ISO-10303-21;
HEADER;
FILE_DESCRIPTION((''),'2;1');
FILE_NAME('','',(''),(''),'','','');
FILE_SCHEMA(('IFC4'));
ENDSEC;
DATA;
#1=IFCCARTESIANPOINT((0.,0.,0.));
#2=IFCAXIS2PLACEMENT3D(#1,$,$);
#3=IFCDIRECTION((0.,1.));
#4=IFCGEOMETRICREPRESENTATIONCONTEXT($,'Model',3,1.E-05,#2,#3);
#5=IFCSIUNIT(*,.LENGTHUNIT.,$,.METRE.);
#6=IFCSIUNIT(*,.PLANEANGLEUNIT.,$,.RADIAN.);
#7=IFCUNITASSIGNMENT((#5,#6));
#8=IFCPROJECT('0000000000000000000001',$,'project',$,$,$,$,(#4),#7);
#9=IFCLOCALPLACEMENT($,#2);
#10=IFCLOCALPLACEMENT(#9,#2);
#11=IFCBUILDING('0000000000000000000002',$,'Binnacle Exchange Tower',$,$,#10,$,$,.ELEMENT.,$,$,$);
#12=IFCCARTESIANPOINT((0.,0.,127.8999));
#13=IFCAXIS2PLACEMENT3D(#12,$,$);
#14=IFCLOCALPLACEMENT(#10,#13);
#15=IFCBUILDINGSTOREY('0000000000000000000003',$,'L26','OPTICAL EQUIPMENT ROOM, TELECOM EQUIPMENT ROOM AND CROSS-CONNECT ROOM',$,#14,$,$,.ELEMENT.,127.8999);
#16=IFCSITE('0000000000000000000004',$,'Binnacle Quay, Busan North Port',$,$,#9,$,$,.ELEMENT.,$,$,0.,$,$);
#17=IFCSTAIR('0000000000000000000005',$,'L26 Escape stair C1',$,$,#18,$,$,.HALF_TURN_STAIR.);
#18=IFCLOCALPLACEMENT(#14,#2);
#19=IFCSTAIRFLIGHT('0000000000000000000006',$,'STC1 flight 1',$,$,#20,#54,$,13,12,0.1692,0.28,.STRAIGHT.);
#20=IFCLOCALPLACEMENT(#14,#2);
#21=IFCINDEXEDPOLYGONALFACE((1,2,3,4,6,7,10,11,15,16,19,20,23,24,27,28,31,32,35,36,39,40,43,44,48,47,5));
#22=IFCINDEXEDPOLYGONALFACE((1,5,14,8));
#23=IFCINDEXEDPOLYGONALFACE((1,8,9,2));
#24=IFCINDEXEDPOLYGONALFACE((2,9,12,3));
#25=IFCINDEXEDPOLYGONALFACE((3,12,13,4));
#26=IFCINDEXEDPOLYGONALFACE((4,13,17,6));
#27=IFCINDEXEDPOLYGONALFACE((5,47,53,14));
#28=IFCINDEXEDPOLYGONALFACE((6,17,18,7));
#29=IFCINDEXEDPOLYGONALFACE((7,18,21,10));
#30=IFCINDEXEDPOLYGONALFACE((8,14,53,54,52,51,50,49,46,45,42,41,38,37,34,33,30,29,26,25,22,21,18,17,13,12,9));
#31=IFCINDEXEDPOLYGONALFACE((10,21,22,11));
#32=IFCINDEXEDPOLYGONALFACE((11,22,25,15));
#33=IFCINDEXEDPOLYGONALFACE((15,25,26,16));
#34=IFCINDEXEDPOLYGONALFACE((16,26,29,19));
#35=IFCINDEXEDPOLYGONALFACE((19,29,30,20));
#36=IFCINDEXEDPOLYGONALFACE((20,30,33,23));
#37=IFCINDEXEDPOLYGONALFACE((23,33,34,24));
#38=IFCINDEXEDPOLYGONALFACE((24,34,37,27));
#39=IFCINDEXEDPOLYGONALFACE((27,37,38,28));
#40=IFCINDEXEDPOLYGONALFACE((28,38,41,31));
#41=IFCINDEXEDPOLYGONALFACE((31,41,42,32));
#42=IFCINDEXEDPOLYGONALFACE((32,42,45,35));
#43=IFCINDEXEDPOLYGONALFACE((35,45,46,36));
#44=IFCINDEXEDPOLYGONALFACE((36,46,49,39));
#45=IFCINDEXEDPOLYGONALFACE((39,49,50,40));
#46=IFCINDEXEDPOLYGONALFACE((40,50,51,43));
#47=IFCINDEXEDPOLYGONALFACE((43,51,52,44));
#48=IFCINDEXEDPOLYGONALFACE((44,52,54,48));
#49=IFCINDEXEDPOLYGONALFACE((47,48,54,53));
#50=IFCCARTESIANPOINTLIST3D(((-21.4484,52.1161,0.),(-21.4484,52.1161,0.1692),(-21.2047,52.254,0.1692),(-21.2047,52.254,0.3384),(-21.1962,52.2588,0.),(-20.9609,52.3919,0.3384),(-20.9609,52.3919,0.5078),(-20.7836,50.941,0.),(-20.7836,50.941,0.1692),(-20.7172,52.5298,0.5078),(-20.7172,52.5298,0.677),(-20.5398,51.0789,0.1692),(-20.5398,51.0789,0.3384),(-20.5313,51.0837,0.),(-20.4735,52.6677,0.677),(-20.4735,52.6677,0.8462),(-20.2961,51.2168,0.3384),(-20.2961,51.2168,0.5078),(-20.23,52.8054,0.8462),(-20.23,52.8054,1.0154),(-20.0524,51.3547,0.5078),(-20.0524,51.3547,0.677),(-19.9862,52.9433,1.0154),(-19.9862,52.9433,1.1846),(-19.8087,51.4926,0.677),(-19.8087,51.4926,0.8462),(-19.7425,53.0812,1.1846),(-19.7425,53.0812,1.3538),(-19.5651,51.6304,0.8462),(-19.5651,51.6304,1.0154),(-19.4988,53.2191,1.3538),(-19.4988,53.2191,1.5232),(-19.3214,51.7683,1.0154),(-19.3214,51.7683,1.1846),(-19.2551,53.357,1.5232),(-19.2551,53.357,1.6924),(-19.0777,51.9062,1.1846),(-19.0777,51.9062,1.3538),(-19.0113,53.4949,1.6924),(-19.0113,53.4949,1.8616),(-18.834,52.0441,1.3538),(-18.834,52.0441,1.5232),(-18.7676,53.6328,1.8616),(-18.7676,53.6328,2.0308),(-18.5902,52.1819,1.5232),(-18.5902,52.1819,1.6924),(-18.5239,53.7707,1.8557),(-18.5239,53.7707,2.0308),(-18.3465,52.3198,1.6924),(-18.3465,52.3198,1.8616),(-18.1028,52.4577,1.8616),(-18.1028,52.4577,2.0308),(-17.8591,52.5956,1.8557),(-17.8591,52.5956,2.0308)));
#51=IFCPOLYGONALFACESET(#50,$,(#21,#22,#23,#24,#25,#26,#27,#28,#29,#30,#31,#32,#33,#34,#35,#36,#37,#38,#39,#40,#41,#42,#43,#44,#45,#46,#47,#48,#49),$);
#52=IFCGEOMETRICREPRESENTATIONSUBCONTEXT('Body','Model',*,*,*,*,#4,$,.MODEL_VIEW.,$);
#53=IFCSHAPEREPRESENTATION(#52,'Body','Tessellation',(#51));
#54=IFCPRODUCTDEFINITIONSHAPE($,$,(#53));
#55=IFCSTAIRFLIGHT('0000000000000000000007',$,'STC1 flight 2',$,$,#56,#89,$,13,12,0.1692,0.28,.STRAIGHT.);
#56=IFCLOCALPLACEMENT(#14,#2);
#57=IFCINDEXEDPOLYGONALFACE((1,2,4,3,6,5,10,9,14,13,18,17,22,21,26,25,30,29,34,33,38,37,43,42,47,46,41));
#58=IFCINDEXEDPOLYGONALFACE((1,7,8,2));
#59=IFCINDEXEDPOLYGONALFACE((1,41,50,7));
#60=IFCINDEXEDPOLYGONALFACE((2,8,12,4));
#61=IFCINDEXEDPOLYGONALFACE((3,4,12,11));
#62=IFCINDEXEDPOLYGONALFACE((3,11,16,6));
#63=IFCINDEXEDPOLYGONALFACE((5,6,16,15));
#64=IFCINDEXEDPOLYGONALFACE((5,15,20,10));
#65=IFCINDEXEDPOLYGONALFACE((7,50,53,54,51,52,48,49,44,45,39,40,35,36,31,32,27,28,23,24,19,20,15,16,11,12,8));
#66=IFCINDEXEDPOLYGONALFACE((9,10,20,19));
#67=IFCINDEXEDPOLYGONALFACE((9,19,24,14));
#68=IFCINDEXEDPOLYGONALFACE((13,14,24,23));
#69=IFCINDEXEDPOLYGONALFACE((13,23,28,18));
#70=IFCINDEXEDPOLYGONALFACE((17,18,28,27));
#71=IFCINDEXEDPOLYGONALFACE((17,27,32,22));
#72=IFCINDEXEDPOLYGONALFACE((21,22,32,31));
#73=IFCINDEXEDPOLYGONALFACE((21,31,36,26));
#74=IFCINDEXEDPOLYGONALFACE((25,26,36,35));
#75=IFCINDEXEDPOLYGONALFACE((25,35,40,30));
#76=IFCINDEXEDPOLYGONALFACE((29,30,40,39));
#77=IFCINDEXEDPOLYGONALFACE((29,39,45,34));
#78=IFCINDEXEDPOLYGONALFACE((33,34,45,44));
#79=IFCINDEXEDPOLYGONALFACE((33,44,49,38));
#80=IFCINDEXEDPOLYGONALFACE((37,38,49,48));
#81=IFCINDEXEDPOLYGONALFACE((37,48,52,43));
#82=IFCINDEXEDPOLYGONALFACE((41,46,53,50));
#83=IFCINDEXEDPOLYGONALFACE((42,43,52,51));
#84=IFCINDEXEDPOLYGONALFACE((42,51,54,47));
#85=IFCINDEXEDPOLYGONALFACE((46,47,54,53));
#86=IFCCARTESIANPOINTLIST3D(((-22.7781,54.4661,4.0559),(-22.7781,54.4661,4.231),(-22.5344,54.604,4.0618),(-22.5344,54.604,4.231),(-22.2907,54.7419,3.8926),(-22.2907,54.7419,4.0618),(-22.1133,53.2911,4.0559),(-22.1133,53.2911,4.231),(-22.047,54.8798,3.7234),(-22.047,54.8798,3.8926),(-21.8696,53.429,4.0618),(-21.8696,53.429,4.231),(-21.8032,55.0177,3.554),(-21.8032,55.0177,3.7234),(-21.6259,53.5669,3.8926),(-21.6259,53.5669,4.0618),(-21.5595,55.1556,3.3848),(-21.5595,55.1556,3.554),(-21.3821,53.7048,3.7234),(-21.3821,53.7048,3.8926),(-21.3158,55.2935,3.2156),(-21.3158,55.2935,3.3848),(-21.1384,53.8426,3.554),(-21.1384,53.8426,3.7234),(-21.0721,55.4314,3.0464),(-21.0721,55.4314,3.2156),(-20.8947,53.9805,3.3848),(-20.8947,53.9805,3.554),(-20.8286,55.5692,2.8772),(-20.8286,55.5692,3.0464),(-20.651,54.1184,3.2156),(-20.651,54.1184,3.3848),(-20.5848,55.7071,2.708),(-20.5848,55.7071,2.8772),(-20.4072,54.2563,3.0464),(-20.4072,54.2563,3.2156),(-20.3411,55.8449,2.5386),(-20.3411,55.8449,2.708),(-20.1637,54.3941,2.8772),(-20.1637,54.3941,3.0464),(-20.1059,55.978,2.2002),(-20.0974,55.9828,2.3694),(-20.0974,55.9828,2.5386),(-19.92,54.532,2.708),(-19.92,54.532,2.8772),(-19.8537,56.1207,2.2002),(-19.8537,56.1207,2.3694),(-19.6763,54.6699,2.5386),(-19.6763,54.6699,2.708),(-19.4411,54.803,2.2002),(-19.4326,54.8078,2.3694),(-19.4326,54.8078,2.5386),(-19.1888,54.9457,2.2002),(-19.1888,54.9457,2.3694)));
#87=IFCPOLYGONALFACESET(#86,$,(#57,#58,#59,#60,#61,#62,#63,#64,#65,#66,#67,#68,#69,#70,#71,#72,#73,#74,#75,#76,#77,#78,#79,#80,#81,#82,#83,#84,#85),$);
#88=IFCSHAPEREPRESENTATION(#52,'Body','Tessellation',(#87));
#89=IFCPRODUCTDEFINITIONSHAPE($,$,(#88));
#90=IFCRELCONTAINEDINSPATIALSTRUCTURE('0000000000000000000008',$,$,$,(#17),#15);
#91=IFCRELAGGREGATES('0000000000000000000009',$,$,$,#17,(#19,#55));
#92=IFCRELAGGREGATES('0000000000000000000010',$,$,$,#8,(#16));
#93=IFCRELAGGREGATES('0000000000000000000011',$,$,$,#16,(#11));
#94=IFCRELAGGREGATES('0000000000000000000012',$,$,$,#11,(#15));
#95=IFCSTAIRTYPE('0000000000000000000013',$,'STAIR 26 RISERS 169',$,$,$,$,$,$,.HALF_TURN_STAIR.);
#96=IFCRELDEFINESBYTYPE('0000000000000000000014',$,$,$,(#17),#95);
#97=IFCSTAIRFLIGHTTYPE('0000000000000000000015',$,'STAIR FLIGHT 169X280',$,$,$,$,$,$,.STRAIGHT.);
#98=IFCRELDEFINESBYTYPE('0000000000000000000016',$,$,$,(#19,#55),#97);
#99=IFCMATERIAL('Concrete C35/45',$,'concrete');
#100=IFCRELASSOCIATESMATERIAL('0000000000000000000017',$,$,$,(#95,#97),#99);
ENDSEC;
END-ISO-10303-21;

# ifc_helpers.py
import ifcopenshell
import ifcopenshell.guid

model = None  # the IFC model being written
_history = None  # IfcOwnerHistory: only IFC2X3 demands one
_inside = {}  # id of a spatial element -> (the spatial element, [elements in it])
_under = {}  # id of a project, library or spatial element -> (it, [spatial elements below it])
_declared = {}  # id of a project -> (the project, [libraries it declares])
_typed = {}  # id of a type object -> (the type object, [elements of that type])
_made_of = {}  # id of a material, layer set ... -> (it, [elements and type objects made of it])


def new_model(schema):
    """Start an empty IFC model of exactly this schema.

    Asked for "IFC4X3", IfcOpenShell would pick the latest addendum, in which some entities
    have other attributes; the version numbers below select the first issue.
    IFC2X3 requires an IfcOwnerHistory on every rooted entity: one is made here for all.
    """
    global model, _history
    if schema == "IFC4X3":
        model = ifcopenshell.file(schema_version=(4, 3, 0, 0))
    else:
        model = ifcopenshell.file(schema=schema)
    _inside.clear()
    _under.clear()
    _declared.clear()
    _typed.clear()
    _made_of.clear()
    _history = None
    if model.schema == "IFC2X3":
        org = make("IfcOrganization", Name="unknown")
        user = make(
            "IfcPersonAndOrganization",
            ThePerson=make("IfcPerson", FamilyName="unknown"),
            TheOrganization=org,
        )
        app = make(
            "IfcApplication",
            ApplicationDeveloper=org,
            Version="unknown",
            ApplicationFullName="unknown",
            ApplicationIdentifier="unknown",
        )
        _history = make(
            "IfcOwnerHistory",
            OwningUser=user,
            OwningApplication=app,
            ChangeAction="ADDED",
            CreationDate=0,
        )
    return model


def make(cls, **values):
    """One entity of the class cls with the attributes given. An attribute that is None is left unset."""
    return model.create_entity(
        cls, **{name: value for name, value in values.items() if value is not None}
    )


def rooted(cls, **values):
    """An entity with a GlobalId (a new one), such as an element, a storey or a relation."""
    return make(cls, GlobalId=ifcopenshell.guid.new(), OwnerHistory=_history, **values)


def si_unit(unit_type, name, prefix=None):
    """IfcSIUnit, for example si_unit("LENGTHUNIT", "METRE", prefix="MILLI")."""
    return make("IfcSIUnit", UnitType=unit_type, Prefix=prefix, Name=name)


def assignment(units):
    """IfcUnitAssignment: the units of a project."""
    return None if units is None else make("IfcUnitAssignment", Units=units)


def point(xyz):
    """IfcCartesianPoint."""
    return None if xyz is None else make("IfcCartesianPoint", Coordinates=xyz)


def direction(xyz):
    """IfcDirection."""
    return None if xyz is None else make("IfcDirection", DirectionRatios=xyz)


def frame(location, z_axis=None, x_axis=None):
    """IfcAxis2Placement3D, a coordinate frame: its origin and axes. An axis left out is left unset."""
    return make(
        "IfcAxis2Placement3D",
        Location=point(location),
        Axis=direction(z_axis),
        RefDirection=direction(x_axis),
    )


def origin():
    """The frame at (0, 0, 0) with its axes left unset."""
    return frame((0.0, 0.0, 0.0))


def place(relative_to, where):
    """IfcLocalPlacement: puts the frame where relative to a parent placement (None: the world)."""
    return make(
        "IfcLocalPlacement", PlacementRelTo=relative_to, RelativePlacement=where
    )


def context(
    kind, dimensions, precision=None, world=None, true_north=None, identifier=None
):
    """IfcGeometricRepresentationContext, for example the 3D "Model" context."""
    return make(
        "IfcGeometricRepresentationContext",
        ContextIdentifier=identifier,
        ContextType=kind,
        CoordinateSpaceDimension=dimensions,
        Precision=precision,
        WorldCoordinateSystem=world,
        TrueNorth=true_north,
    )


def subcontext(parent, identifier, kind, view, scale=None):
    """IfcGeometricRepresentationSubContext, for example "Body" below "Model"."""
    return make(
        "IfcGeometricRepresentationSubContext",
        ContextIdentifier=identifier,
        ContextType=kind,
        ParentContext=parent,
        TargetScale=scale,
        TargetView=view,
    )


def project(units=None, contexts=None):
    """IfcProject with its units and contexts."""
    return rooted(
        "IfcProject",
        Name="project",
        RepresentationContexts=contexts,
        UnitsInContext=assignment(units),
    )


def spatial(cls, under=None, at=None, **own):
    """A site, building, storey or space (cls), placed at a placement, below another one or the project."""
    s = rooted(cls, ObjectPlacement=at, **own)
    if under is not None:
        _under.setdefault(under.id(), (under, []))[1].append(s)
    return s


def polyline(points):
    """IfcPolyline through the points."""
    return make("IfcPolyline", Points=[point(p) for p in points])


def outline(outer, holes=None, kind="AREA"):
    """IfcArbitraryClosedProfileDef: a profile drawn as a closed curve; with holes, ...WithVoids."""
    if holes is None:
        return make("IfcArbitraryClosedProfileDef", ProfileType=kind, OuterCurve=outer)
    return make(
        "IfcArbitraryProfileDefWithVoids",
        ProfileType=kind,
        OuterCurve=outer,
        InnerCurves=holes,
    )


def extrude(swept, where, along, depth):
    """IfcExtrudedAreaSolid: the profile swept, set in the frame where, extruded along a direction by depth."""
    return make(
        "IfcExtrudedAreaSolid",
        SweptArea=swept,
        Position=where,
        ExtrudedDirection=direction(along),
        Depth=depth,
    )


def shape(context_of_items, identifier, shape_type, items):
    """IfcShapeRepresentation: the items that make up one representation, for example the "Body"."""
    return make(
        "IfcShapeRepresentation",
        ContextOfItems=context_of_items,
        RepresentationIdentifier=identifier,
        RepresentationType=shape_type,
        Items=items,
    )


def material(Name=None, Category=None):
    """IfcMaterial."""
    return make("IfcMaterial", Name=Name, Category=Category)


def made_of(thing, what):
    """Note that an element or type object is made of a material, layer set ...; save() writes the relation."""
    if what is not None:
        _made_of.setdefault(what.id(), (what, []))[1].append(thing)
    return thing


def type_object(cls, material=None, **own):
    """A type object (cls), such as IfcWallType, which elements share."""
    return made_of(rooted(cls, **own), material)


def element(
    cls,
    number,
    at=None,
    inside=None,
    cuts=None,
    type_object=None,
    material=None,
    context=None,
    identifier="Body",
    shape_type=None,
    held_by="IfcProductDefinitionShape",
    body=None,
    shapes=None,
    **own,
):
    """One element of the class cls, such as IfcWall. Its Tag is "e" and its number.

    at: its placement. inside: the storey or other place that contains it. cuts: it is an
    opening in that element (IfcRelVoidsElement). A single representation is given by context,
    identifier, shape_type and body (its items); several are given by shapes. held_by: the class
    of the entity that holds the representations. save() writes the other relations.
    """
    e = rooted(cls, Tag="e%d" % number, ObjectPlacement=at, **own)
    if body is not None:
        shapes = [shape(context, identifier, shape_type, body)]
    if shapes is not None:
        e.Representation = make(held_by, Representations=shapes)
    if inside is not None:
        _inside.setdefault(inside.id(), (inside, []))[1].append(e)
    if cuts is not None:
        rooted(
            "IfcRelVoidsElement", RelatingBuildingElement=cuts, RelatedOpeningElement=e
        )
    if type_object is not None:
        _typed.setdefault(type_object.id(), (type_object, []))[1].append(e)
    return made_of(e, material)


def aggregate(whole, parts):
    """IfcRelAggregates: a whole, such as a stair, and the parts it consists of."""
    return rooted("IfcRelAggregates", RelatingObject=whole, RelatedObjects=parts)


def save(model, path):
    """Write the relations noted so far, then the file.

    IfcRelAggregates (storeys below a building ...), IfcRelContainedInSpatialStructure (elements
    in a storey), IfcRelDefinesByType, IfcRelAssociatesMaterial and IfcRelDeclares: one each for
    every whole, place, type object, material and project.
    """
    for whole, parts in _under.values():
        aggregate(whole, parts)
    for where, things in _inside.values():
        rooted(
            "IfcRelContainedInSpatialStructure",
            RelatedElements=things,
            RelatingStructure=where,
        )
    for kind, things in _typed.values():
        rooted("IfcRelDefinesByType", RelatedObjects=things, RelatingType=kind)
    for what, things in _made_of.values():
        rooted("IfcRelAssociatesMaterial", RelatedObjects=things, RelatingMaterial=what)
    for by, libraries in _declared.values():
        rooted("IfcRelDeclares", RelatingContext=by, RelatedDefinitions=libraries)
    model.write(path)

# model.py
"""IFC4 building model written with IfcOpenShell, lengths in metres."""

from ifc_helpers import new_model, si_unit, direction, frame, origin, place, context, subcontext, project, spatial, polyline, outline, extrude, material, type_object, element, aggregate, save


model = new_model("IFC4")

# Units and contexts
model_context = context("Model", 3, precision=1e-05, world=origin(), true_north=direction((0.0, 1.0)))
body_context = subcontext(model_context, "Body", "Model", "MODEL_VIEW")
ifc_project = project(units=[si_unit("LENGTHUNIT", "METRE"), si_unit("PLANEANGLEUNIT", "RADIAN")], contexts=[model_context])

# Site, building, storey
site_placement = place(None, origin())
site = spatial("IfcSite", under=ifc_project, at=site_placement, Name="Binnacle Quay, Busan North Port", CompositionType="ELEMENT", RefElevation=0.0)
building_placement = place(site_placement, origin())
building = spatial("IfcBuilding", under=site, at=building_placement, Name="Binnacle Exchange Tower", CompositionType="ELEMENT")
storey_placement = place(building_placement, frame((0.0, 0.0, 127.8999)))
storey = spatial("IfcBuildingStorey", under=building, at=storey_placement, Name="L26", Description="OPTICAL EQUIPMENT ROOM, TELECOM EQUIPMENT ROOM AND CROSS-CONNECT ROOM", CompositionType="ELEMENT", Elevation=127.8999)

# Stair, stair flights
ifc_material_1 = material(Name="Concrete C35/45", Category="concrete")
stair_type = type_object("IfcStairType", Name="STAIR 26 RISERS 169", PredefinedType="HALF_TURN_STAIR", material=ifc_material_1)
stair_placement = place(storey_placement, origin())
stair = element("IfcStair", 1, at=stair_placement, inside=storey, type_object=stair_type, Name="L26 Escape stair C1", PredefinedType="HALF_TURN_STAIR")
stair_flight_type = type_object("IfcStairFlightType", Name="STAIR FLIGHT 169X280", PredefinedType="STRAIGHT", material=ifc_material_1)
stair_flight_1_placement = place(storey_placement, frame((-21.116, 51.5286, 0.0), z_axis=(0.0, 0.0, 1.0), x_axis=(0.870356, 0.492424, 0.0)))
stair_flight_1 = element("IfcStairFlight", 2, at=stair_flight_1_placement, type_object=stair_flight_type, Name="STC1 flight 1", NumberOfRisers=13, NumberOfTreads=12, PredefinedType="STRAIGHT", RiserHeight=0.1692, TreadLength=0.28, context=body_context, shape_type="SweptSolid", body=[
    extrude(outline(polyline([(0.0, 0.0), (0.0, 0.1692), (0.28, 0.1692), (0.28, 0.3384), (0.5601, 0.3384), (0.5601, 0.5078), (0.8401, 0.5078), (0.8401, 0.677), (1.1201, 0.677), (1.1201, 0.8462), (1.3999, 0.8462), (1.3999, 1.0154), (1.6799, 1.0154), (1.6799, 1.1846), (1.96, 1.1846), (1.96, 1.3538), (2.24, 1.3538), (2.24, 1.5232), (2.52, 1.5232), (2.52, 1.6924), (2.8, 1.6924), (2.8, 1.8616), (3.0801, 1.8616), (3.0801, 2.0308), (3.3601, 2.0308), (3.3601, 2.2), (3.3601, 1.8557), (0.2898, 0.0), (0.0, 0.0)])), frame((0.0, 0.675, 0.0), z_axis=(0.0, -1.0, 0.0), x_axis=(1.0, 0.0, 0.0)), (0.0, 0.0, 1.0), 1.3501),
])
stair_flight_2_placement = place(storey_placement, frame((-19.5212, 55.5332, 2.2002), z_axis=(0.0, 0.0, 1.0), x_axis=(-0.870356, -0.492424, 0.0)))
stair_flight_2 = element("IfcStairFlight", 3, at=stair_flight_2_placement, type_object=stair_flight_type, Name="STC1 flight 2", NumberOfRisers=13, NumberOfTreads=12, PredefinedType="STRAIGHT", RiserHeight=0.1692, TreadLength=0.28, context=body_context, shape_type="SweptSolid", body=[
    extrude(outline(polyline([(0.0, 0.0), (0.0, 0.1692), (0.28, 0.1692), (0.28, 0.3384), (0.5601, 0.3384), (0.5601, 0.5078), (0.8401, 0.5078), (0.8401, 0.677), (1.1201, 0.677), (1.1201, 0.8462), (1.3999, 0.8462), (1.3999, 1.0154), (1.6799, 1.0154), (1.6799, 1.1846), (1.96, 1.1846), (1.96, 1.3538), (2.24, 1.3538), (2.24, 1.5232), (2.52, 1.5232), (2.52, 1.6924), (2.8, 1.6924), (2.8, 1.8616), (3.0801, 1.8616), (3.0801, 2.0308), (3.3601, 2.0308), (3.3601, 2.2), (3.3601, 1.8557), (0.2898, 0.0), (0.0, 0.0)])), frame((0.0, 0.675, 0.0), z_axis=(0.0, -1.0, 0.0), x_axis=(1.0, 0.0, 0.0)), (0.0, 0.0, 1.0), 1.3501),
])
aggregate(stair, [stair_flight_1, stair_flight_2])

save(model, "model.ifc")
